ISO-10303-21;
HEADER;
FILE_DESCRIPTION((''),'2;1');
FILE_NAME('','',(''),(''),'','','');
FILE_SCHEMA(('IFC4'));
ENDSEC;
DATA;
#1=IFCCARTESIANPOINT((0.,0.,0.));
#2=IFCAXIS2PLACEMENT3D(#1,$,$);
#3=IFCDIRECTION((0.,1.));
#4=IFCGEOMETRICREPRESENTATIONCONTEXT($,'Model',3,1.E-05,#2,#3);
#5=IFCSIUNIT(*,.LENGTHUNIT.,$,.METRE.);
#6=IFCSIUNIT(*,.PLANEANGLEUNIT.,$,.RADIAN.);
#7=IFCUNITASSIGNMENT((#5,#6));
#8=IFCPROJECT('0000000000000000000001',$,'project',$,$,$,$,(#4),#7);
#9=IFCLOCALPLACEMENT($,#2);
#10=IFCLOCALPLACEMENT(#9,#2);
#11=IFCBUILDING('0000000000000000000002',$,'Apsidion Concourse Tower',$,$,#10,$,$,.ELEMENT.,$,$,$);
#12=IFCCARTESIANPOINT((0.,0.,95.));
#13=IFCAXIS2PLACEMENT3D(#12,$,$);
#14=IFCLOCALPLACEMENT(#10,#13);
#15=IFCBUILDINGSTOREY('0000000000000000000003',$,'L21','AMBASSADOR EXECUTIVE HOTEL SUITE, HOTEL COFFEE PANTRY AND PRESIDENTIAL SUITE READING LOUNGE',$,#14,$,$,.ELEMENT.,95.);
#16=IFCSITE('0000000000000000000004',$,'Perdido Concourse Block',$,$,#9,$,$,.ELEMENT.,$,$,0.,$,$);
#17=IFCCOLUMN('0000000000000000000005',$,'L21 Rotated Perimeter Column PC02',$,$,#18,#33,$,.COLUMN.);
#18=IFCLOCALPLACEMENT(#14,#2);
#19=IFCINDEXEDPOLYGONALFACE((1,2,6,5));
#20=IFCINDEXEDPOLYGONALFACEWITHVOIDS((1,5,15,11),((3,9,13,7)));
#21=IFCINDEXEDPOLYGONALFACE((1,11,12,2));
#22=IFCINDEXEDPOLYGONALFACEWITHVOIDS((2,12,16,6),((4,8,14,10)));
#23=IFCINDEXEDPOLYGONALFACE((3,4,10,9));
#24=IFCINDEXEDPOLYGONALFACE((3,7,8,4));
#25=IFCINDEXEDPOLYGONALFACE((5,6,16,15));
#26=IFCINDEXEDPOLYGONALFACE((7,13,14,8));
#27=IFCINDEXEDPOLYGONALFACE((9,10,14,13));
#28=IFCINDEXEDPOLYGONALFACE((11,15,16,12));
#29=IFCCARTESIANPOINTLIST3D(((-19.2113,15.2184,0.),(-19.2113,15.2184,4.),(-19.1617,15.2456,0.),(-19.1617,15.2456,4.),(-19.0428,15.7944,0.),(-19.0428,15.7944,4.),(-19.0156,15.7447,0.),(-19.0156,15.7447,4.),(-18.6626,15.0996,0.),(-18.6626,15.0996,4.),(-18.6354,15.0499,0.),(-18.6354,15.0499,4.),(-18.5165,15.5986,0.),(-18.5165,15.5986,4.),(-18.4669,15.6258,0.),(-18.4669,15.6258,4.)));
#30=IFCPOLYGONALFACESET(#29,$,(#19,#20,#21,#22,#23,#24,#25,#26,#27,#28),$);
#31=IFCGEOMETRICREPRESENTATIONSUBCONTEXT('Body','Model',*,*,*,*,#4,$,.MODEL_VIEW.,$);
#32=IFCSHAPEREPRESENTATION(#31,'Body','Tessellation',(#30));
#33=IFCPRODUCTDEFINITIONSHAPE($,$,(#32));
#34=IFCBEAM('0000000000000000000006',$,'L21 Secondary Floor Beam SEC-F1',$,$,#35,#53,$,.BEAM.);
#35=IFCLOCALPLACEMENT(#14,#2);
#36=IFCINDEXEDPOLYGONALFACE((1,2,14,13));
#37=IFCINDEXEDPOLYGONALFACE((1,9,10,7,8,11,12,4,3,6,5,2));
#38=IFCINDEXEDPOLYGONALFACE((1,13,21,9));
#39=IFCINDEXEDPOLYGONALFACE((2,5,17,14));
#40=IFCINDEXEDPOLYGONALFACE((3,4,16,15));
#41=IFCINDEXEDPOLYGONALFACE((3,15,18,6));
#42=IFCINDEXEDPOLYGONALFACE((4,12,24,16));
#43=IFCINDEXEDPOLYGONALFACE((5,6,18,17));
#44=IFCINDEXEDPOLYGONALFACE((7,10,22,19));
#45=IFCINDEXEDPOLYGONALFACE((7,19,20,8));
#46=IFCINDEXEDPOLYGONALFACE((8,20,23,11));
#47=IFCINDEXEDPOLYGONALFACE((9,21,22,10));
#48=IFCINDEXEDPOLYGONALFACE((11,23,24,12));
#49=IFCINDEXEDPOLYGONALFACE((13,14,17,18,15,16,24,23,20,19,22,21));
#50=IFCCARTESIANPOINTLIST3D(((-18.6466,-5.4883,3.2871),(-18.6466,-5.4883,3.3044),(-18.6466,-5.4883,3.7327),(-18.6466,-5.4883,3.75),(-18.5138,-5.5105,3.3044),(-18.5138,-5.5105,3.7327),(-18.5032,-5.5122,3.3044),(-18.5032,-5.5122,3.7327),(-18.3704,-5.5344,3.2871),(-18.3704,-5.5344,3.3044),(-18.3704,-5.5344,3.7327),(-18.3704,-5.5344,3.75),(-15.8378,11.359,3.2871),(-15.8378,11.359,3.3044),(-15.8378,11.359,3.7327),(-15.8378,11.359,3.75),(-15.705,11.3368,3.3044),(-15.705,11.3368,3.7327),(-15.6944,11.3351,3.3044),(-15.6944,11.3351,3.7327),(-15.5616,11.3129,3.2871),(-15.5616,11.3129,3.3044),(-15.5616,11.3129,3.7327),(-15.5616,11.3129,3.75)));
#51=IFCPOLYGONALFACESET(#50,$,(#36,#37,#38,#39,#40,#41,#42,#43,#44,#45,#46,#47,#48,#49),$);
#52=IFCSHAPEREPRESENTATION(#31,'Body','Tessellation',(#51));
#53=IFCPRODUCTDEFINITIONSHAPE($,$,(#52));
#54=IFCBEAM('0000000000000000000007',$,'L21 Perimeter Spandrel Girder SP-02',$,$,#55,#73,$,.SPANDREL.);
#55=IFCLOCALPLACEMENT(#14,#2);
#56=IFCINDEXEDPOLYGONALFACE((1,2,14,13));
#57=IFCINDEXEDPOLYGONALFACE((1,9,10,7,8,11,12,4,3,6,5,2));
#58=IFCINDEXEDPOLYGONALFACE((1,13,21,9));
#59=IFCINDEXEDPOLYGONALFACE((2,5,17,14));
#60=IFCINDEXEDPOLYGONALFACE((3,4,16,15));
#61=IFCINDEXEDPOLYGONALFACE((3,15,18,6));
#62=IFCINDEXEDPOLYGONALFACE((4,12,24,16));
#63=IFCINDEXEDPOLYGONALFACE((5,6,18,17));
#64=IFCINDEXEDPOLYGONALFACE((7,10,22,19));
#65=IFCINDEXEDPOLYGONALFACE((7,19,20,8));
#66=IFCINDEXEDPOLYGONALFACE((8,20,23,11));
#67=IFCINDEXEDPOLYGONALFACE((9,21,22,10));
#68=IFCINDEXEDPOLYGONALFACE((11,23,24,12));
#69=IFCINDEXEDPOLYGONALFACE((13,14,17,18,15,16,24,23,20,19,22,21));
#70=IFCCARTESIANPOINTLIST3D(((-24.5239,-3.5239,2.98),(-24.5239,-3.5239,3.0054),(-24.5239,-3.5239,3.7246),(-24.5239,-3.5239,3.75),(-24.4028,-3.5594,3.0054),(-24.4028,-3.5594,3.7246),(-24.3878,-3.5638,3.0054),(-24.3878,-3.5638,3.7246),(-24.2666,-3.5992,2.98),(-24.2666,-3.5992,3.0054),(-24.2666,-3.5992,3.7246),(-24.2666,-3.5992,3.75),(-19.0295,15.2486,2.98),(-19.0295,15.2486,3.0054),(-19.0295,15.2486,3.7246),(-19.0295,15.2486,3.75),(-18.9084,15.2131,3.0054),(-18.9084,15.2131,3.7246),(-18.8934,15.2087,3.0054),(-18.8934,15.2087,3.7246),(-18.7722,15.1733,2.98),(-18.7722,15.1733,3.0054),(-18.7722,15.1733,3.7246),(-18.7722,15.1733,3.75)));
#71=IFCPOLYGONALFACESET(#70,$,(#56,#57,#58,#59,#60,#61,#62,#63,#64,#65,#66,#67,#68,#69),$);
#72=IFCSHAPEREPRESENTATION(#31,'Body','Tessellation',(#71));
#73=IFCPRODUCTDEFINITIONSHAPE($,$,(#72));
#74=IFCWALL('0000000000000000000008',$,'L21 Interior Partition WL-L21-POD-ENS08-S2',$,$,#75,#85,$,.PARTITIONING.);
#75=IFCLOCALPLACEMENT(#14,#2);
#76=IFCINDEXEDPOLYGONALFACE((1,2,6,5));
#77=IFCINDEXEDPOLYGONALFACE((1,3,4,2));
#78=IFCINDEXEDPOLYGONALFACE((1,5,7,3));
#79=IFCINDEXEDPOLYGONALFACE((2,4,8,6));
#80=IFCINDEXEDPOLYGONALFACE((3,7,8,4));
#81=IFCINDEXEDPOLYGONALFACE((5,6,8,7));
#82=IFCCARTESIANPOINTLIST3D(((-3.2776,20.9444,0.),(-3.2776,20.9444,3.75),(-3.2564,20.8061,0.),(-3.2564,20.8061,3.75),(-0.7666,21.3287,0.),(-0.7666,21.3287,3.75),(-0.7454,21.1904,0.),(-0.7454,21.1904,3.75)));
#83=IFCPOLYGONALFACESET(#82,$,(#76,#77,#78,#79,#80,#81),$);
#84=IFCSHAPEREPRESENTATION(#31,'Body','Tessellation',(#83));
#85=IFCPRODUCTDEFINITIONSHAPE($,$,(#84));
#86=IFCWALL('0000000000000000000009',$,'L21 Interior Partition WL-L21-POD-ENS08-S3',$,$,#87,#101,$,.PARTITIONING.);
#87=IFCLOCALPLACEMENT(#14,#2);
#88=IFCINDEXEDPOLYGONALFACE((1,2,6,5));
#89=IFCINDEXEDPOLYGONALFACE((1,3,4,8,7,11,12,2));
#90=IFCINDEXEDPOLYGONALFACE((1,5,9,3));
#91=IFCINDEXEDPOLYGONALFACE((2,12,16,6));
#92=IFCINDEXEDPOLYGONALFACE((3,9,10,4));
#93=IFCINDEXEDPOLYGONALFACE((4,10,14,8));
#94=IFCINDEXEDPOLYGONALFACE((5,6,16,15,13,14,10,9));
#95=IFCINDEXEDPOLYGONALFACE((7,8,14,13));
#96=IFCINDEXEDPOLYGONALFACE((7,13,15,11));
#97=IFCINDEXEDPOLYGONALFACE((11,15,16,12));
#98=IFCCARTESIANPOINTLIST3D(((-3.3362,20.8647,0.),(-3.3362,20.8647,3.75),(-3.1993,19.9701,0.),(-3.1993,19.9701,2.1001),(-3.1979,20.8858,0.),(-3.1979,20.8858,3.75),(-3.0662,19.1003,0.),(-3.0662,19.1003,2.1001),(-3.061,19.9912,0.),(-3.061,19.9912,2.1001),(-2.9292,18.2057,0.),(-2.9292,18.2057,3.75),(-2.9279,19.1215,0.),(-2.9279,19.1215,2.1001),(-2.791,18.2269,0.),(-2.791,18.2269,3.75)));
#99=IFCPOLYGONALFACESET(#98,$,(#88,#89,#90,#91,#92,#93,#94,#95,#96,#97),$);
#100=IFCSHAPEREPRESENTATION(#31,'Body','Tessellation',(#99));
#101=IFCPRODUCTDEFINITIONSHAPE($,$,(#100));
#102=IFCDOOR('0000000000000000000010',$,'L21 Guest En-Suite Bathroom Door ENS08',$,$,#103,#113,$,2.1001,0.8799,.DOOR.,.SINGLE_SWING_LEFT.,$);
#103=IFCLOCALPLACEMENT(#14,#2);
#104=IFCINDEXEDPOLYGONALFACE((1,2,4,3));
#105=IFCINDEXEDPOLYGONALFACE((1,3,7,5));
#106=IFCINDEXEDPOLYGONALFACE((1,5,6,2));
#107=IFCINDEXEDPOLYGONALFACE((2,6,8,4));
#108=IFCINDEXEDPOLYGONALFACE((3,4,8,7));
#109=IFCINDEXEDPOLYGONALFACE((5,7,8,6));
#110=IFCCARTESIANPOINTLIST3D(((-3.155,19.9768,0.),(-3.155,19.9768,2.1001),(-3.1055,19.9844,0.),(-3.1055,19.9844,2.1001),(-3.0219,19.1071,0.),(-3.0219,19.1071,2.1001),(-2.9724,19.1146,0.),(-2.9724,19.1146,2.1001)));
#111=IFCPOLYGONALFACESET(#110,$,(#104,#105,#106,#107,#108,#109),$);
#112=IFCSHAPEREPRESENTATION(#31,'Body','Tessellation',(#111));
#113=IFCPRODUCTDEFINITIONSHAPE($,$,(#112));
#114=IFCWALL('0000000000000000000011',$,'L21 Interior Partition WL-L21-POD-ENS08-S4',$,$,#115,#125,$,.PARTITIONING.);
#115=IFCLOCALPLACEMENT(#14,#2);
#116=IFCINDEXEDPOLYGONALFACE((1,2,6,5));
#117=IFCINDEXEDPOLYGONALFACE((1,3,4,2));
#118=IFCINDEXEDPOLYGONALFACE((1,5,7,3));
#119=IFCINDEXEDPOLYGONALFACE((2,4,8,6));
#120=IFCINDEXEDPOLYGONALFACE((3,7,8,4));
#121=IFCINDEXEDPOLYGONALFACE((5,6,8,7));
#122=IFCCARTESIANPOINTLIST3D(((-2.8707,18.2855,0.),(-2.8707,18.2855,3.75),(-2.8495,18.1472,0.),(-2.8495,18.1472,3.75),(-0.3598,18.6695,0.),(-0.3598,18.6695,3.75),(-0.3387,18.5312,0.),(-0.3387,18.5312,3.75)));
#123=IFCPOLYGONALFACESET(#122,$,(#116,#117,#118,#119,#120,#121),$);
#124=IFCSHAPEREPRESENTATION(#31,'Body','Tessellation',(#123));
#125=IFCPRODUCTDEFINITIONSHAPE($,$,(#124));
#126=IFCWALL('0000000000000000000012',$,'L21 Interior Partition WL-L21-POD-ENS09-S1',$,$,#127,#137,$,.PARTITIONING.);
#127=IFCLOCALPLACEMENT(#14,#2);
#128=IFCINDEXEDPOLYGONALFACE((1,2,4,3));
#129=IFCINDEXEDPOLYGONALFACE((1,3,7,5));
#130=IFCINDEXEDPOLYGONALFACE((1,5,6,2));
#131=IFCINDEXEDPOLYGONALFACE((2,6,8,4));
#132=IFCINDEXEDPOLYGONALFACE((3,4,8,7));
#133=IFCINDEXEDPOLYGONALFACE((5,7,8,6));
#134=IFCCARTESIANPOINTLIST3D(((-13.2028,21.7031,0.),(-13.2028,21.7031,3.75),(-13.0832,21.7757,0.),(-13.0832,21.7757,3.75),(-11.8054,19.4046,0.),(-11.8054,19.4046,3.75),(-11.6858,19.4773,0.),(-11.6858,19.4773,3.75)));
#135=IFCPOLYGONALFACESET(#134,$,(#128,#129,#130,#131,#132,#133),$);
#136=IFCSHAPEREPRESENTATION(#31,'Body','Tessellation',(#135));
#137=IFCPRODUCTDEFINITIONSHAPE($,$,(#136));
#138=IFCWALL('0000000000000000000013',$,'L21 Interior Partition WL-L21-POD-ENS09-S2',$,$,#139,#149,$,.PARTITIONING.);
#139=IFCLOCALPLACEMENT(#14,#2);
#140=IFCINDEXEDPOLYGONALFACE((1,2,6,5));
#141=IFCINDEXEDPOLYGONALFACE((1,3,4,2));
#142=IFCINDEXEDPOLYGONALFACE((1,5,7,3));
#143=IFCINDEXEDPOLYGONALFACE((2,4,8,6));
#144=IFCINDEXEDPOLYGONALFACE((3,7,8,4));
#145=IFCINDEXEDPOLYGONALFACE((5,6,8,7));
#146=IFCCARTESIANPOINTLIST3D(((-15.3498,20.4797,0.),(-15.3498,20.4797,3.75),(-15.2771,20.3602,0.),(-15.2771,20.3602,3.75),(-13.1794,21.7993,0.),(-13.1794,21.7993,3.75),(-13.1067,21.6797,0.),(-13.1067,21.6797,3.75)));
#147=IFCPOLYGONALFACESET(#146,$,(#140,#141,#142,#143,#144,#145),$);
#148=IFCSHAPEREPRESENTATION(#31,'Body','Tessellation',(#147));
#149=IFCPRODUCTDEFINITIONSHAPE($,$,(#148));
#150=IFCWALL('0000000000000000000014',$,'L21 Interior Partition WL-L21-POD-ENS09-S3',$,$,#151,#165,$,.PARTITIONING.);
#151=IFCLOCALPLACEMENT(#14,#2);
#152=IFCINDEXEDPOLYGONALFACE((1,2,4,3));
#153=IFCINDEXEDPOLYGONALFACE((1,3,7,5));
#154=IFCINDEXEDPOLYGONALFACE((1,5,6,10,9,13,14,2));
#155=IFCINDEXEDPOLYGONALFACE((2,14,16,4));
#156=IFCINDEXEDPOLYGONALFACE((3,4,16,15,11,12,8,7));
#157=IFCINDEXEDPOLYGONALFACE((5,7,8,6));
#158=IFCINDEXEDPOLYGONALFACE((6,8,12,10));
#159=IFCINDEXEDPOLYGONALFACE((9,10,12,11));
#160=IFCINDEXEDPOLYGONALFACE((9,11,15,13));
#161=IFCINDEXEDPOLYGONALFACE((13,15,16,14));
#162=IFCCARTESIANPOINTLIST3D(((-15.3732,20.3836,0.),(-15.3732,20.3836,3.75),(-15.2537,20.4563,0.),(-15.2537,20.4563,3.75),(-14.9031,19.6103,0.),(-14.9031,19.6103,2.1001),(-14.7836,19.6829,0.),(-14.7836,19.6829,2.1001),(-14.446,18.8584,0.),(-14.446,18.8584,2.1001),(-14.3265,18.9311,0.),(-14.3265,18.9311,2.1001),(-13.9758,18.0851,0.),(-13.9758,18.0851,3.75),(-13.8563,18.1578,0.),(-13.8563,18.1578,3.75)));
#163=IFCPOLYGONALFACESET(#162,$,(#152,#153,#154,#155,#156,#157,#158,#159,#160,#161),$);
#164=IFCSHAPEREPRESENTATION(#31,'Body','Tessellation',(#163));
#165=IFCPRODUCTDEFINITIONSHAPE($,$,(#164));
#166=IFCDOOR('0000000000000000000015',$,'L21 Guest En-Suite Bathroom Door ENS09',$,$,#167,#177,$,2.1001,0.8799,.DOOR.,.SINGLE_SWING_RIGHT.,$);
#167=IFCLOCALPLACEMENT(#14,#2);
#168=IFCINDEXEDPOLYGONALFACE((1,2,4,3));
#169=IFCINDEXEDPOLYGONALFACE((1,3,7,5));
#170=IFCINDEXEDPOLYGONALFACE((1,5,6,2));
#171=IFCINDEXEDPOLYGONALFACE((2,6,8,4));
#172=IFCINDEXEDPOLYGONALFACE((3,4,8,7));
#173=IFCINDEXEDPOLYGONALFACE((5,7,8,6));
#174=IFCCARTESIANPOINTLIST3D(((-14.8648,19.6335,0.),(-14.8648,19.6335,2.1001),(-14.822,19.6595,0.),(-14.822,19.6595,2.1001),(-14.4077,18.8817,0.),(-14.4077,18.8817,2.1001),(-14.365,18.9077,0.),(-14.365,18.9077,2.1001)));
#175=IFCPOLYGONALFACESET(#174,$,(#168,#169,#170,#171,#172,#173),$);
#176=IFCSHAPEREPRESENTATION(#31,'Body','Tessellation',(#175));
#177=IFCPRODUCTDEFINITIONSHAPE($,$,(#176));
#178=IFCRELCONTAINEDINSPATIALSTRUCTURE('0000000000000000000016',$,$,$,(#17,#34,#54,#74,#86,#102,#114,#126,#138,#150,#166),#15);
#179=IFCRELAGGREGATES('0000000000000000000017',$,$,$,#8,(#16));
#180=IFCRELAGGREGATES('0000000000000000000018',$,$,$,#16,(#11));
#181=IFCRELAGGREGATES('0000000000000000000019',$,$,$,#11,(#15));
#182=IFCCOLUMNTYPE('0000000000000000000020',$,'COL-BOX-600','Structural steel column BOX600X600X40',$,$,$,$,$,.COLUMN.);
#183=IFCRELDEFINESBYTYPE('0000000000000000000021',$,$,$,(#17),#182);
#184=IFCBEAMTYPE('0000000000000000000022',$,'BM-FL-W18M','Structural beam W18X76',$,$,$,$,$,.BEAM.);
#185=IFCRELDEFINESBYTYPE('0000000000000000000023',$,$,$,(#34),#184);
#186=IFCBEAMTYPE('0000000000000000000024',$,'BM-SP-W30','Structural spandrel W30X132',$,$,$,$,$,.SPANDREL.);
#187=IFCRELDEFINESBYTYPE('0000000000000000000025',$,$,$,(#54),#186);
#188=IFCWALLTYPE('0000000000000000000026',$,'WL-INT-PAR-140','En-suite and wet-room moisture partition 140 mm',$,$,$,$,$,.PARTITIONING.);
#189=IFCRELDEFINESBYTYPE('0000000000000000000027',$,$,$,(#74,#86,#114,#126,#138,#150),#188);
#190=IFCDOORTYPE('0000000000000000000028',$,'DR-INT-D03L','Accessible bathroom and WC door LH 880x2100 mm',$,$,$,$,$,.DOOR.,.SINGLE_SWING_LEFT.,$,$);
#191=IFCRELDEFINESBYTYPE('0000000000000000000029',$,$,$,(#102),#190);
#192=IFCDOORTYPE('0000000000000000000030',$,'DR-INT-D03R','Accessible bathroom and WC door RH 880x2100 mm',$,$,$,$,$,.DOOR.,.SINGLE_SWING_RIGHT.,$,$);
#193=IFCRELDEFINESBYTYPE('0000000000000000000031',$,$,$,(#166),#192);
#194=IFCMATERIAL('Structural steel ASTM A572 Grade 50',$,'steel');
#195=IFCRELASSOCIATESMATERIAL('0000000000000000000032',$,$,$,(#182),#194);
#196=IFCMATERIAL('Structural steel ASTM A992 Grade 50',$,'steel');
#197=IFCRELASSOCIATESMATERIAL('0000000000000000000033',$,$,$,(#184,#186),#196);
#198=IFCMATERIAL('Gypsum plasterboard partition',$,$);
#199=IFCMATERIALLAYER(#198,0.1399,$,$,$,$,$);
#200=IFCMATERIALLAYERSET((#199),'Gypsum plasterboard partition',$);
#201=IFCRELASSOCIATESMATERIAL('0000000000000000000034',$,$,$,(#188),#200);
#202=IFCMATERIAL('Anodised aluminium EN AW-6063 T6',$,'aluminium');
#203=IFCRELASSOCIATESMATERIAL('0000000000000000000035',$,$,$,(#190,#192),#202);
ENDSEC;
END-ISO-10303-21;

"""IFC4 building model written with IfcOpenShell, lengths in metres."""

from ifc_helpers import new_model, si_unit, direction, frame, frame_2d, origin, origin_2d, place, context, subcontext, project, spatial, rectangle, hollow_rectangle, i_section, extrude, material, layer, layer_set, material_profile, profile_set, type_object, element, fill, save


model = new_model("IFC4")

# Units and contexts
model_context = context("Model", 3, precision=1e-05, world=origin(), true_north=direction((0.0, 1.0)))
body_context = subcontext(model_context, "Body", "Model", "MODEL_VIEW")
ifc_project = project(units=[si_unit("LENGTHUNIT", "METRE"), si_unit("PLANEANGLEUNIT", "RADIAN")], contexts=[model_context])

# Site, building, storey
site_placement = place(None, origin())
site = spatial("IfcSite", under=ifc_project, at=site_placement, Name="Perdido Concourse Block", CompositionType="ELEMENT", RefElevation=0.0)
building_placement = place(site_placement, origin())
building = spatial("IfcBuilding", under=site, at=building_placement, Name="Apsidion Concourse Tower", CompositionType="ELEMENT")
storey_placement = place(building_placement, frame((0.0, 0.0, 95.0)))
storey = spatial("IfcBuildingStorey", under=building, at=storey_placement, Name="L21", Description="AMBASSADOR EXECUTIVE HOTEL SUITE, HOTEL COFFEE PANTRY AND PRESIDENTIAL SUITE READING LOUNGE", CompositionType="ELEMENT", Elevation=95.0)

# Column
ifc_material_1 = material(Name="Structural steel ASTM A572 Grade 50", Category="steel")
ifc_material_profile_1 = material_profile(ifc_material_1, hollow_rectangle(XDim=0.6001, YDim=0.6001, WallThickness=0.04, at=origin_2d()), Name="BOX600X600X40")
ifc_profile_set_1 = profile_set([ifc_material_profile_1], Name="Structural steel ASTM A572 Grade 50")
column_type = type_object("IfcColumnType", Name="COL-BOX-600", Description="Structural steel column BOX600X600X40", PredefinedType="COLUMN", material=ifc_profile_set_1)
column_placement = place(storey_placement, frame((-18.8391, 15.4221, 0.0), z_axis=(0.0, 0.0, 1.0), x_axis=(0.280834, 0.959756, 0.0)))
element("IfcColumn", 1, at=column_placement, inside=storey, type_object=column_type, Name="L21 Rotated Perimeter Column PC02", PredefinedType="COLUMN", context=body_context, shape_type="SweptSolid", body=[
    extrude(hollow_rectangle(XDim=0.6001, YDim=0.6001, WallThickness=0.04, at=origin_2d()), origin(), (0.0, 0.0, 1.0), 4.0),
])

# Beams
ifc_material_2 = material(Name="Structural steel ASTM A992 Grade 50", Category="steel")
ifc_material_profile_2 = material_profile(ifc_material_2, i_section(OverallWidth=0.28, OverallDepth=0.4629, WebThickness=0.0107, FlangeThickness=0.0173, at=origin_2d()), Name="W18X76")
ifc_profile_set_2 = profile_set([ifc_material_profile_2], Name="Structural steel ASTM A992 Grade 50")
beam_type_1 = type_object("IfcBeamType", Name="BM-FL-W18M", Description="Structural beam W18X76", PredefinedType="BEAM", material=ifc_profile_set_2)
beam_1_placement = place(storey_placement, frame((-15.6997, 11.3359, 3.5186), z_axis=(-0.164452, -0.986385, 0.0), x_axis=(0.986385, -0.164452, 0.0)))
element("IfcBeam", 2, at=beam_1_placement, inside=storey, type_object=beam_type_1, Name="L21 Secondary Floor Beam SEC-F1", PredefinedType="BEAM", context=body_context, shape_type="SweptSolid", body=[
    extrude(i_section(OverallWidth=0.28, OverallDepth=0.4629, WebThickness=0.0107, FlangeThickness=0.0173, at=origin_2d()), origin(), (0.0, 0.0, 1.0), 17.0798),
])
ifc_material_profile_3 = material_profile(ifc_material_2, i_section(OverallWidth=0.2681, OverallDepth=0.77, WebThickness=0.0156, FlangeThickness=0.0254, at=origin_2d()), Name="W30X132")
ifc_profile_set_3 = profile_set([ifc_material_profile_3], Name="Structural steel ASTM A992 Grade 50")
beam_type_2 = type_object("IfcBeamType", Name="BM-SP-W30", Description="Structural spandrel W30X132", PredefinedType="SPANDREL", material=ifc_profile_set_3)
beam_2_placement = place(storey_placement, frame((-18.9009, 15.2109, 3.365), z_axis=(-0.280899, -0.959737, 0.0), x_axis=(0.959737, -0.280899, 0.0)))
element("IfcBeam", 3, at=beam_2_placement, inside=storey, type_object=beam_type_2, Name="L21 Perimeter Spandrel Girder SP-02", PredefinedType="SPANDREL", context=body_context, shape_type="SweptSolid", body=[
    extrude(i_section(OverallWidth=0.2681, OverallDepth=0.77, WebThickness=0.0156, FlangeThickness=0.0254, at=origin_2d()), origin(), (0.0, 0.0, 1.0), 19.5601),
])

# Wall
ifc_material_3 = material(Name="Gypsum plasterboard partition")
ifc_layer_1 = layer(ifc_material_3, 0.1399)
ifc_layer_set_1 = layer_set([ifc_layer_1], Name="Gypsum plasterboard partition")
wall_type_1 = type_object("IfcWallType", Name="WL-INT-PAR-140", Description="En-suite and wet-room moisture partition 140 mm", PredefinedType="PARTITIONING", material=ifc_layer_set_1)
wall_1_placement = place(storey_placement, frame((-0.7561, 21.2595, 0.0), z_axis=(0.0, 0.0, 1.0), x_axis=(-0.988491, -0.151277, 0.0)))
element("IfcWall", 4, at=wall_1_placement, inside=storey, type_object=wall_type_1, Name="L21 Interior Partition WL-L21-POD-ENS08-S2", PredefinedType="PARTITIONING", context=body_context, shape_type="SweptSolid", body=[
    extrude(rectangle(XDim=2.5403, YDim=0.1399, at=frame_2d((1.27, 0.0))), origin(), (0.0, 0.0, 1.0), 3.75),
])

# Wall, opening, door
wall_2_placement = place(storey_placement, frame((-3.2671, 20.8752, 0.0), z_axis=(0.0, 0.0, 1.0), x_axis=(0.1513, -0.988488, 0.0)))
wall_2 = element("IfcWall", 5, at=wall_2_placement, inside=storey, type_object=wall_type_1, Name="L21 Interior Partition WL-L21-POD-ENS08-S3", PredefinedType="PARTITIONING", context=body_context, shape_type="SweptSolid", body=[
    extrude(rectangle(XDim=2.6899, YDim=0.1399, at=frame_2d((1.345, 0.0))), origin(), (0.0, 0.0, 1.0), 3.75),
])
opening_1_placement = place(wall_2_placement, frame((0.905, 0.0, 0.0)))
opening_1 = element("IfcOpeningElement", 6, at=opening_1_placement, cuts=wall_2, PredefinedType="OPENING", context=body_context, shape_type="SweptSolid", body=[
    extrude(rectangle(XDim=0.8799, YDim=2.1001, at=frame_2d((0.4399, 1.05))), frame((0.0, 0.0801, 0.0), z_axis=(0.0, -1.0, 0.0), x_axis=(1.0, 0.0, 0.0)), (0.0, 0.0, 1.0), 0.1599),
])
ifc_material_4 = material(Name="Anodised aluminium EN AW-6063 T6", Category="aluminium")
door_type_1 = type_object("IfcDoorType", Name="DR-INT-D03L", Description="Accessible bathroom and WC door LH 880x2100 mm", OperationType="SINGLE_SWING_LEFT", PredefinedType="DOOR", material=ifc_material_4)
door_1_placement = place(opening_1_placement, origin())
door_1 = element("IfcDoor", 7, at=door_1_placement, inside=storey, type_object=door_type_1, Name="L21 Guest En-Suite Bathroom Door ENS08", OperationType="SINGLE_SWING_LEFT", OverallHeight=2.1001, OverallWidth=0.8799, PredefinedType="DOOR", context=body_context, shape_type="SweptSolid", body=[
    extrude(rectangle(XDim=0.8799, YDim=2.1001, at=frame_2d((0.4399, 1.05))), frame((0.0, 0.0249, 0.0), z_axis=(0.0, -1.0, 0.0), x_axis=(1.0, 0.0, 0.0)), (0.0, 0.0, 1.0), 0.05),
])
fill(opening_1, door_1)

# Walls
wall_3_placement = place(storey_placement, frame((-2.8601, 18.2163, 0.0), z_axis=(0.0, 0.0, 1.0), x_axis=(0.988504, 0.151198, 0.0)))
element("IfcWall", 8, at=wall_3_placement, inside=storey, type_object=wall_type_1, Name="L21 Interior Partition WL-L21-POD-ENS08-S4", PredefinedType="PARTITIONING", context=body_context, shape_type="SweptSolid", body=[
    extrude(rectangle(XDim=2.54, YDim=0.1399, at=frame_2d((1.27, 0.0))), origin(), (0.0, 0.0, 1.0), 3.75),
])
wall_4_placement = place(storey_placement, frame((-11.7456, 19.4409, 0.0), z_axis=(0.0, 0.0, 1.0), x_axis=(-0.519492, 0.854475, 0.0)))
element("IfcWall", 9, at=wall_4_placement, inside=storey, type_object=wall_type_1, Name="L21 Interior Partition WL-L21-POD-ENS09-S1", PredefinedType="PARTITIONING", context=body_context, shape_type="SweptSolid", body=[
    extrude(rectangle(XDim=2.6899, YDim=0.1399, at=frame_2d((1.345, 0.0))), origin(), (0.0, 0.0, 1.0), 3.75),
])
wall_5_placement = place(storey_placement, frame((-13.1431, 21.7395, 0.0), z_axis=(0.0, 0.0, 1.0), x_axis=(-0.854468, -0.519505, 0.0)))
element("IfcWall", 10, at=wall_5_placement, inside=storey, type_object=wall_type_1, Name="L21 Interior Partition WL-L21-POD-ENS09-S2", PredefinedType="PARTITIONING", context=body_context, shape_type="SweptSolid", body=[
    extrude(rectangle(XDim=2.54, YDim=0.1399, at=frame_2d((1.27, 0.0))), origin(), (0.0, 0.0, 1.0), 3.75),
])

# Wall, opening, door
wall_6_placement = place(storey_placement, frame((-15.3135, 20.4199, 0.0), z_axis=(0.0, 0.0, 1.0), x_axis=(0.519492, -0.854475, 0.0)))
wall_6 = element("IfcWall", 11, at=wall_6_placement, inside=storey, type_object=wall_type_1, Name="L21 Interior Partition WL-L21-POD-ENS09-S3", PredefinedType="PARTITIONING", context=body_context, shape_type="SweptSolid", body=[
    extrude(rectangle(XDim=2.6899, YDim=0.1399, at=frame_2d((1.345, 0.0))), origin(), (0.0, 0.0, 1.0), 3.75),
])
opening_2_placement = place(wall_6_placement, frame((0.905, 0.0, 0.0)))
opening_2 = element("IfcOpeningElement", 12, at=opening_2_placement, cuts=wall_6, PredefinedType="OPENING", context=body_context, shape_type="SweptSolid", body=[
    extrude(rectangle(XDim=0.8799, YDim=2.1001, at=frame_2d((0.4399, 1.05))), frame((0.0, 0.0801, 0.0), z_axis=(0.0, -1.0, 0.0), x_axis=(1.0, 0.0, 0.0)), (0.0, 0.0, 1.0), 0.1599),
])
door_type_2 = type_object("IfcDoorType", Name="DR-INT-D03R", Description="Accessible bathroom and WC door RH 880x2100 mm", OperationType="SINGLE_SWING_RIGHT", PredefinedType="DOOR", material=ifc_material_4)
door_2_placement = place(opening_2_placement, origin())
door_2 = element("IfcDoor", 13, at=door_2_placement, inside=storey, type_object=door_type_2, Name="L21 Guest En-Suite Bathroom Door ENS09", OperationType="SINGLE_SWING_RIGHT", OverallHeight=2.1001, OverallWidth=0.8799, PredefinedType="DOOR", context=body_context, shape_type="SweptSolid", body=[
    extrude(rectangle(XDim=0.8799, YDim=2.1001, at=frame_2d((0.4399, 1.05))), frame((0.0, 0.0249, 0.0), z_axis=(0.0, -1.0, 0.0), x_axis=(1.0, 0.0, 0.0)), (0.0, 0.0, 1.0), 0.05),
])
fill(opening_2, door_2)

save(model, "model.ifc")
